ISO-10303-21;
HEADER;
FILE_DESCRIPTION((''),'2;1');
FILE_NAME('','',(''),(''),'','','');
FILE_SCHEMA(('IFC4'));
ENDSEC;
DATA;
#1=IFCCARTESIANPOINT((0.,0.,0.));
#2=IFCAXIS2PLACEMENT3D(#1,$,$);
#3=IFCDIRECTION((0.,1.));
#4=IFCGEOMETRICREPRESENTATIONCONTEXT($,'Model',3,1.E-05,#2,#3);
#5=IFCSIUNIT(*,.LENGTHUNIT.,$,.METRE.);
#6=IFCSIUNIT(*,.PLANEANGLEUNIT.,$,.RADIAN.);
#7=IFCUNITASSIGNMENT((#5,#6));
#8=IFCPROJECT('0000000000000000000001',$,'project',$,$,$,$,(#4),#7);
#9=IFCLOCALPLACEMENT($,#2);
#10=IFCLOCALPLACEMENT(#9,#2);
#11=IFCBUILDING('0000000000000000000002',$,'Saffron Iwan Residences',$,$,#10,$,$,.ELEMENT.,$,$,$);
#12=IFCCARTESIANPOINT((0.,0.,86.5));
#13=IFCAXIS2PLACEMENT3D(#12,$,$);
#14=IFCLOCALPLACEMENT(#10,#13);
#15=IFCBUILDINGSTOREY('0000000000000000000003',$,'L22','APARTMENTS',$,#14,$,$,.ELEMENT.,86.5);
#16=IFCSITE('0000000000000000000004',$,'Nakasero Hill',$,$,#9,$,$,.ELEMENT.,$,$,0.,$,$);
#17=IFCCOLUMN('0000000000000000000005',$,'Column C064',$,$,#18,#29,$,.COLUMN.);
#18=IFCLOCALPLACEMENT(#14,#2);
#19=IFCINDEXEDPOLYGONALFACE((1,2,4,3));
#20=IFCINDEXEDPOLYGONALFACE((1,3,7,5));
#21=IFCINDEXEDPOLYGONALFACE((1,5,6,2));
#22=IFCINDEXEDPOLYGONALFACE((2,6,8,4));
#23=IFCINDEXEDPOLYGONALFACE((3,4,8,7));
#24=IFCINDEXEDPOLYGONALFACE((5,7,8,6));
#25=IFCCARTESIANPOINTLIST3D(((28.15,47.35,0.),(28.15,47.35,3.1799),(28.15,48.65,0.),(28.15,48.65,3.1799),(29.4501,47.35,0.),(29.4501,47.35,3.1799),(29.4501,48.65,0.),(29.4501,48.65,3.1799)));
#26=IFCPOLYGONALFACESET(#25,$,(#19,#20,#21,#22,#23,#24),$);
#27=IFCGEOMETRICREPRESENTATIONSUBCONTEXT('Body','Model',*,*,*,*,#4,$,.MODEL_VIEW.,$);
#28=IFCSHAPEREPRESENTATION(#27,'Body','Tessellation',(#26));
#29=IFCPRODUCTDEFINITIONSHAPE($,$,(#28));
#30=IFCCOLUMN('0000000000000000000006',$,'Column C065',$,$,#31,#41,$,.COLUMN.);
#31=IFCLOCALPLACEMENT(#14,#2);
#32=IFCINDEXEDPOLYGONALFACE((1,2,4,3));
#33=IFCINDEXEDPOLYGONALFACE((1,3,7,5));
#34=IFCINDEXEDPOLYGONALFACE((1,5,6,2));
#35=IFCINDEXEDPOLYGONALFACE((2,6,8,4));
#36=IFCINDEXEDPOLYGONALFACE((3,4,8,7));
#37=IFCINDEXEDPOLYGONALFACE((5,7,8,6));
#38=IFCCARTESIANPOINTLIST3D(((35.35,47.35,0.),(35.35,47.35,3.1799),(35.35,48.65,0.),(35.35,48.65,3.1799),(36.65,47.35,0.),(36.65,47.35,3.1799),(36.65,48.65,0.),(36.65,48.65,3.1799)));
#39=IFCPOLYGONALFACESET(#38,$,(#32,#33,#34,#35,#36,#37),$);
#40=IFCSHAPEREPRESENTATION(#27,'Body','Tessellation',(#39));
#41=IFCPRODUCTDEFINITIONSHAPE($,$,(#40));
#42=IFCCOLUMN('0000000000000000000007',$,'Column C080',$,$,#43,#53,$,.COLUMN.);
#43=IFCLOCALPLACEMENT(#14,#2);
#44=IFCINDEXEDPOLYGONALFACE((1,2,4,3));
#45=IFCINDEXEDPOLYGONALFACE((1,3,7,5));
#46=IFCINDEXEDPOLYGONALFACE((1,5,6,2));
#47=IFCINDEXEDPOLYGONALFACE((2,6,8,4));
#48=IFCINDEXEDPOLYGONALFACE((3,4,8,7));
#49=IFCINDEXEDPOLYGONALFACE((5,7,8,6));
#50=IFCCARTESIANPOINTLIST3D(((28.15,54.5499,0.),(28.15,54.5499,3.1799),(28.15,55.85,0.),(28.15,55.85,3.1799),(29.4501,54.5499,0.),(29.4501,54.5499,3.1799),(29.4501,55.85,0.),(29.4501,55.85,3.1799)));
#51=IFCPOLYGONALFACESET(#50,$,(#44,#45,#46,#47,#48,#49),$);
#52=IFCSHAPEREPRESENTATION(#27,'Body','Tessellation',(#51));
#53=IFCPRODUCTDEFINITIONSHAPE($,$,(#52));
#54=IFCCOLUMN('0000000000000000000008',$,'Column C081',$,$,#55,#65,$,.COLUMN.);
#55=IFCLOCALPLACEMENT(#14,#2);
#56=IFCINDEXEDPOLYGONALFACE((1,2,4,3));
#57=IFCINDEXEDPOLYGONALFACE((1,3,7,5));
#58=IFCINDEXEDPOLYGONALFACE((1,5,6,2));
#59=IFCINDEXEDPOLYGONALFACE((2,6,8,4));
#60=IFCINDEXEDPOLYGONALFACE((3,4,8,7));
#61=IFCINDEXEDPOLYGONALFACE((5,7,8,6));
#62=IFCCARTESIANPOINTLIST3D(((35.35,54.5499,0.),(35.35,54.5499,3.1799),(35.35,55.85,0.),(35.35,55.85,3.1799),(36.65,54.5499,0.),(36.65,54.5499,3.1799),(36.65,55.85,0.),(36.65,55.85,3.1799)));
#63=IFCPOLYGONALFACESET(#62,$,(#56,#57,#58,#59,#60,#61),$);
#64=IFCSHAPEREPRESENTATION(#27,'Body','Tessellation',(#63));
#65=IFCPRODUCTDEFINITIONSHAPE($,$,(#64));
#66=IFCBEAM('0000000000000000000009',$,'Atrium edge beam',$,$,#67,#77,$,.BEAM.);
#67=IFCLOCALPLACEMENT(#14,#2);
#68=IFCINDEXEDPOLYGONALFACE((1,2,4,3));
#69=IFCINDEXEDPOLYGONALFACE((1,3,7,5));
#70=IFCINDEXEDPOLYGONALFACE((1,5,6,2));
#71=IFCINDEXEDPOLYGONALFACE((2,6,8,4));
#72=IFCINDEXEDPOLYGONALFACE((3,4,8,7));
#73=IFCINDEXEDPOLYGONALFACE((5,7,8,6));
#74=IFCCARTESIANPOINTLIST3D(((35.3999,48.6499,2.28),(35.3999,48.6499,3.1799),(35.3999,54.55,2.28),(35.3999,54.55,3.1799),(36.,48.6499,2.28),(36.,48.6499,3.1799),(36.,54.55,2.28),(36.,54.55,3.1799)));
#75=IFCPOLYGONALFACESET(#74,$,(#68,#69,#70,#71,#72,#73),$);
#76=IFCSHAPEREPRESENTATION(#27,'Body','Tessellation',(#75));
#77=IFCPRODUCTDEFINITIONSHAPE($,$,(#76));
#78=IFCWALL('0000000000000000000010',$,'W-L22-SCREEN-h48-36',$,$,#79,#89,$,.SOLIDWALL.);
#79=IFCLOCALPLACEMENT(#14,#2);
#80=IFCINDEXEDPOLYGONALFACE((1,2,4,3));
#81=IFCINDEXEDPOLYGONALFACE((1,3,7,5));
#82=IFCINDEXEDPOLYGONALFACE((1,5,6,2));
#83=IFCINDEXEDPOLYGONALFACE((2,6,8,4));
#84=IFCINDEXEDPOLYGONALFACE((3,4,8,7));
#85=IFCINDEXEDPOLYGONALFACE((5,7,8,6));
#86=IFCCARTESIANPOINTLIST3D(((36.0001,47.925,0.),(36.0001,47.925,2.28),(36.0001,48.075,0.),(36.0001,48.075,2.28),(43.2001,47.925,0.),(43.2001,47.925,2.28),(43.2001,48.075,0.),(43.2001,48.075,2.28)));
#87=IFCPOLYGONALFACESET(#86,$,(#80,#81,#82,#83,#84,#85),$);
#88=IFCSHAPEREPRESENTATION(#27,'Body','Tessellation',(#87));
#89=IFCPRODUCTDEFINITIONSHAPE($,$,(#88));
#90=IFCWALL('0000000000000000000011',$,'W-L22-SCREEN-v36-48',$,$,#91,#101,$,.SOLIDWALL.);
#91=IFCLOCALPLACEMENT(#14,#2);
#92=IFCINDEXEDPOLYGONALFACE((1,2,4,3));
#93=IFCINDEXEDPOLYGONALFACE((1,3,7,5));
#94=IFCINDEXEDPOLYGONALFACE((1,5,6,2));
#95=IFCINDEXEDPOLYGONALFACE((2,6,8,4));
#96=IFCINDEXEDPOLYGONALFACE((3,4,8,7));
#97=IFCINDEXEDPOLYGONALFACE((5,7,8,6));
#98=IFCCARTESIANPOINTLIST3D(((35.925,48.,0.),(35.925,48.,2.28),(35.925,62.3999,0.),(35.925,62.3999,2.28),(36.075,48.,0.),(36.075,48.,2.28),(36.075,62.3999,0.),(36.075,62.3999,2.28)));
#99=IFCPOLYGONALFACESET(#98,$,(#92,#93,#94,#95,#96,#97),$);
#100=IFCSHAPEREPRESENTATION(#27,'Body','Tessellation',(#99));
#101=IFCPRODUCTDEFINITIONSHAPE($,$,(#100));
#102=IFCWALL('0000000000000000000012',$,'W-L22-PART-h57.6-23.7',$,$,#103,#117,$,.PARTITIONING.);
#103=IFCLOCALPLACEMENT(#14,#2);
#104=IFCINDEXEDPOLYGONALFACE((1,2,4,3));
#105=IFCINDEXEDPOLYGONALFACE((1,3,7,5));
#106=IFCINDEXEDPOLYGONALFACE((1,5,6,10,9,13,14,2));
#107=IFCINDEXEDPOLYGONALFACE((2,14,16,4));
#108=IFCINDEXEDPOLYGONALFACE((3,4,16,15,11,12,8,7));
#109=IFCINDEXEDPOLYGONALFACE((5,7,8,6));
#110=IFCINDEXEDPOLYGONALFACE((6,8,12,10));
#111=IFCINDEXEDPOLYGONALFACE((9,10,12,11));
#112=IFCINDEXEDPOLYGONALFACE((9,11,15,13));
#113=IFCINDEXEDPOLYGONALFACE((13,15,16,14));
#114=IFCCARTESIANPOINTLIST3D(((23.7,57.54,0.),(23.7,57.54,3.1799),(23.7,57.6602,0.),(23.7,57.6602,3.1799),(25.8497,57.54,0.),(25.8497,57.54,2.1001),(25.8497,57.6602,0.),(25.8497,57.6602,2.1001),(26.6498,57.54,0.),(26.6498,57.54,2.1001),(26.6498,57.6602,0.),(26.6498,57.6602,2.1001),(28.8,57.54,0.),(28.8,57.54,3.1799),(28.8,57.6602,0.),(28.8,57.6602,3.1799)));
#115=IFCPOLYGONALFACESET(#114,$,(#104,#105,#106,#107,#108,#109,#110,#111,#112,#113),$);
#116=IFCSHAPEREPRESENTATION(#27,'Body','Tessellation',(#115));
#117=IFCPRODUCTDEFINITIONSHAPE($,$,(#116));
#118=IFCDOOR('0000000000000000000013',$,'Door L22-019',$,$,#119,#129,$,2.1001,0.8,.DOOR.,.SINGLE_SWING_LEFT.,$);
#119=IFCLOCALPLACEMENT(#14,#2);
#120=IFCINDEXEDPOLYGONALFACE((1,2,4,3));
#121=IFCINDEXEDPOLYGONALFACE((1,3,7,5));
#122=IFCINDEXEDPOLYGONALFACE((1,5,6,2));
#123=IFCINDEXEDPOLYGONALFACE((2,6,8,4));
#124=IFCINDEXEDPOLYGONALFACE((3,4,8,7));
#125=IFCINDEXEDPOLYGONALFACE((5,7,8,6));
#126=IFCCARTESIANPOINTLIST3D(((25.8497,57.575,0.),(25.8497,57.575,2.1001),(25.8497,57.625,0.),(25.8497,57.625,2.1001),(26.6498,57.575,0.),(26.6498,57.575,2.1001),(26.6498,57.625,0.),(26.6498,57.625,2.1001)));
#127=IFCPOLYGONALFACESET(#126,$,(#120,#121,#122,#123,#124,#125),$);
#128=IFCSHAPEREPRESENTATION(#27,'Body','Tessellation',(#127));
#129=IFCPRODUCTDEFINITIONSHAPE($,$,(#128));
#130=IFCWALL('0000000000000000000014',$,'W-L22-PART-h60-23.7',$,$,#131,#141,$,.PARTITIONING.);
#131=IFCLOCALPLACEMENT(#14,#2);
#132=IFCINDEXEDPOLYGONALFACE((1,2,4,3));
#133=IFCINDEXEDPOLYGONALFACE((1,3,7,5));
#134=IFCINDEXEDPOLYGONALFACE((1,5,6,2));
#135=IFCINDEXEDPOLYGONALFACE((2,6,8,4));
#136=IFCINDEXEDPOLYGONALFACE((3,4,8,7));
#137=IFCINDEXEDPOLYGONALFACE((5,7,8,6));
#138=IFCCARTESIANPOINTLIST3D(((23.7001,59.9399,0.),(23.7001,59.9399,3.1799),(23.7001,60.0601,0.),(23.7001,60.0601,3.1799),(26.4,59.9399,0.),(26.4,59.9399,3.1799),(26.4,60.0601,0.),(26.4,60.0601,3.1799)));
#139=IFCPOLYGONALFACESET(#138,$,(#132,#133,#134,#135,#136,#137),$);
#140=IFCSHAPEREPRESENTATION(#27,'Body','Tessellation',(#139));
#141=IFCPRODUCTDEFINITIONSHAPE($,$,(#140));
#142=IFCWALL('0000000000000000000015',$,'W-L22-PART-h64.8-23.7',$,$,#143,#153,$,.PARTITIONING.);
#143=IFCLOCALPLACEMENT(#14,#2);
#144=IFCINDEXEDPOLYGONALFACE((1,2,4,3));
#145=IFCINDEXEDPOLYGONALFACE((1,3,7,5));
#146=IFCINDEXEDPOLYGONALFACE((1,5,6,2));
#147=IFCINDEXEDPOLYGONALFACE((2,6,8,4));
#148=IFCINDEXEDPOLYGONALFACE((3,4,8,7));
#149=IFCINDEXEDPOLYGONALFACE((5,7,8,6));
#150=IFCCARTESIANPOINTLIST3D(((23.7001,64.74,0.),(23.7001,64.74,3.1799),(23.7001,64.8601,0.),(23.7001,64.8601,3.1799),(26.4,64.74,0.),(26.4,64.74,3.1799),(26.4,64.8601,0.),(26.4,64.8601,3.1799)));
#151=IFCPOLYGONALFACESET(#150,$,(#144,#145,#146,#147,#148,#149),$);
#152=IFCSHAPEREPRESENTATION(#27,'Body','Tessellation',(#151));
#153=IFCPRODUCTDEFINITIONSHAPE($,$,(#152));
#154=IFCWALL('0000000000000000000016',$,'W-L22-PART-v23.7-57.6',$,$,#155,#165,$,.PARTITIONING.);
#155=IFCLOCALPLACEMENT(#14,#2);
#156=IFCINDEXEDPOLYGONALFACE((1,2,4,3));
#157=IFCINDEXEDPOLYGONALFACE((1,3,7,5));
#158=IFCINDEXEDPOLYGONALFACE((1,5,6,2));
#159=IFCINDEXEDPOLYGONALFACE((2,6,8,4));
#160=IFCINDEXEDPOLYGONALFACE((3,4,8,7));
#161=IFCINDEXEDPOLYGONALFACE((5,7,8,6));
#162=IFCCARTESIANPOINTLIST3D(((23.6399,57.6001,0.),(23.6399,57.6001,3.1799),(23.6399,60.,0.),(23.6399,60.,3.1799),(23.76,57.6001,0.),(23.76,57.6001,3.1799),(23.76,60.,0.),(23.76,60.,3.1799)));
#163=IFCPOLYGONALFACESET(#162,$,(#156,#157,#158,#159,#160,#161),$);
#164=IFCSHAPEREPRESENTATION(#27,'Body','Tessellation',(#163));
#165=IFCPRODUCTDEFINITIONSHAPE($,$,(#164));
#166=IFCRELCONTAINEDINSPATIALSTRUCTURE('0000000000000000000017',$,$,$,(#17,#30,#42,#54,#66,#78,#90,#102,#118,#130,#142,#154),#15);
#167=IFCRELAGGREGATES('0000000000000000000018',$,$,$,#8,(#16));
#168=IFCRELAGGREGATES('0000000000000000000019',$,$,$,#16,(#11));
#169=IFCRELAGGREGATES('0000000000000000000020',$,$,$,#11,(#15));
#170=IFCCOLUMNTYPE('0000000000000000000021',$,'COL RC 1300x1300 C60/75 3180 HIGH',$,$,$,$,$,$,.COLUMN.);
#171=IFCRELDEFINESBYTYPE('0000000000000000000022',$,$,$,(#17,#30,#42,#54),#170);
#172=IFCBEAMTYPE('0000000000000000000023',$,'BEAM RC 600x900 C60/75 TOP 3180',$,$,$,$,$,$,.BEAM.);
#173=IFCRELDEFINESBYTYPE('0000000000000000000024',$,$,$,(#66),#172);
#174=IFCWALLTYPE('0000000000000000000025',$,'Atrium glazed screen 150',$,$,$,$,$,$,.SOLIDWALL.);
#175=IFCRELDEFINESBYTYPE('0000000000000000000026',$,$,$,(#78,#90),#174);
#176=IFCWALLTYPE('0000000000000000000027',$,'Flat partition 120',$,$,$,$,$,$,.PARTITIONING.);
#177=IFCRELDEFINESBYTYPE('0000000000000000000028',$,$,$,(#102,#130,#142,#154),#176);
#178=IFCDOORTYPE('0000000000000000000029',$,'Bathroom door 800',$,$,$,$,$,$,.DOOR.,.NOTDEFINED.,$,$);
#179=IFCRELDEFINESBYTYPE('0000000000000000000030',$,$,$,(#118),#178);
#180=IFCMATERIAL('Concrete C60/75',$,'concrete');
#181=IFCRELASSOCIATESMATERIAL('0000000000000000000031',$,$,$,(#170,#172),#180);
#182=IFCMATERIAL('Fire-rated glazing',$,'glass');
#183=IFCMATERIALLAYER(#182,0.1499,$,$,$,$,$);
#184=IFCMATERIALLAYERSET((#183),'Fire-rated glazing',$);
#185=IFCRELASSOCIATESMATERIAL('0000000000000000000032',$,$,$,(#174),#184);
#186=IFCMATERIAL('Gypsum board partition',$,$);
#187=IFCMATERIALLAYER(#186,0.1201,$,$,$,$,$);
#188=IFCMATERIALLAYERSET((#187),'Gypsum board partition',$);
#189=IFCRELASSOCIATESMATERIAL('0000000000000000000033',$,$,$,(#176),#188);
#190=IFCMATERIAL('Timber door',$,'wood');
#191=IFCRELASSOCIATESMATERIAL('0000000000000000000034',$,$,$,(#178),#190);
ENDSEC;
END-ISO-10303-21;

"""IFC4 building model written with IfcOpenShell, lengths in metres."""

from ifc_helpers import new_model, si_unit, direction, frame, frame_2d, origin, origin_2d, place, context, subcontext, project, spatial, rectangle, extrude, source, transform, mapped, material, layer, layer_set, material_profile, profile_set, type_object, element, fill, save


model = new_model("IFC4")

# Units and contexts
model_context = context("Model", 3, precision=1e-05, world=origin(), true_north=direction((0.0, 1.0)))
body_context = subcontext(model_context, "Body", "Model", "MODEL_VIEW")
ifc_project = project(units=[si_unit("LENGTHUNIT", "METRE"), si_unit("PLANEANGLEUNIT", "RADIAN")], contexts=[model_context])

# Site, building, storey
site_placement = place(None, origin())
site = spatial("IfcSite", under=ifc_project, at=site_placement, Name="Nakasero Hill", CompositionType="ELEMENT", RefElevation=0.0)
building_placement = place(site_placement, origin())
building = spatial("IfcBuilding", under=site, at=building_placement, Name="Saffron Iwan Residences", CompositionType="ELEMENT")
storey_placement = place(building_placement, frame((0.0, 0.0, 86.5)))
storey = spatial("IfcBuildingStorey", under=building, at=storey_placement, Name="L22", Description="APARTMENTS", CompositionType="ELEMENT", Elevation=86.5)

# Columns
ifc_material_1 = material(Name="Concrete C60/75", Category="concrete")
ifc_material_profile_1 = material_profile(ifc_material_1, rectangle(XDim=1.3, YDim=1.3, at=origin_2d()), Name="RC 1300x1300")
ifc_profile_set_1 = profile_set([ifc_material_profile_1], Name="Concrete C60/75")
column_type = type_object("IfcColumnType", Name="COL RC 1300x1300 C60/75 3180 HIGH", PredefinedType="COLUMN", material=ifc_profile_set_1)
shared_shape_1 = source(origin(), body_context, "Body", "SweptSolid", [
    extrude(rectangle(XDim=1.3, YDim=1.3, at=origin_2d()), origin(), (0.0, 0.0, 1.0), 3.1799),
])
for number, where, z_axis, x_axis, name in (
    (1, (28.8, 48.0, 0.0), (0.0, 0.0, 1.0), (1.0, 0.0, 0.0), "Column C064"),
    (2, (36.0, 48.0, 0.0), (0.0, 0.0, 1.0), (1.0, 0.0, 0.0), "Column C065"),
    (3, (28.8, 55.2, 0.0), (0.0, 0.0, 1.0), (1.0, 0.0, 0.0), "Column C080"),
    (4, (36.0, 55.2, 0.0), (0.0, 0.0, 1.0), (1.0, 0.0, 0.0), "Column C081"),
):
    element("IfcColumn", number, at=place(storey_placement, frame(where, z_axis=z_axis, x_axis=x_axis)), inside=storey, type_object=column_type, Name=name, PredefinedType="COLUMN", context=body_context, shape_type="MappedRepresentation", body=[
        mapped(shared_shape_1, transform((0.0, 0.0, 0.0))),
    ])

# Beam
ifc_material_profile_2 = material_profile(ifc_material_1, rectangle(XDim=0.6001, YDim=0.8999, at=origin_2d()), Name="RC 600x900")
ifc_profile_set_2 = profile_set([ifc_material_profile_2], Name="Concrete C60/75")
beam_type = type_object("IfcBeamType", Name="BEAM RC 600x900 C60/75 TOP 3180", PredefinedType="BEAM", material=ifc_profile_set_2)
shared_shape_2 = source(origin(), body_context, "Body", "SweptSolid", [
    extrude(rectangle(XDim=0.6001, YDim=0.8999, at=origin_2d()), origin(), (0.0, 0.0, 1.0), 5.9001),
])
beam_placement = place(storey_placement, frame((35.7, 48.6499, 2.73), z_axis=(0.0, 1.0, 0.0), x_axis=(-1.0, 0.0, 0.0)))
element("IfcBeam", 5, at=beam_placement, inside=storey, type_object=beam_type, Name="Atrium edge beam", PredefinedType="BEAM", context=body_context, shape_type="MappedRepresentation", body=[
    mapped(shared_shape_2, transform((0.0, 0.0, 0.0))),
])

# Walls
ifc_material_2 = material(Name="Fire-rated glazing", Category="glass")
ifc_layer_1 = layer(ifc_material_2, 0.1499)
ifc_layer_set_1 = layer_set([ifc_layer_1], Name="Fire-rated glazing")
wall_type_1 = type_object("IfcWallType", Name="Atrium glazed screen 150", PredefinedType="SOLIDWALL", material=ifc_layer_set_1)
wall_1_placement = place(storey_placement, frame((36.0, 48.0, 0.0), z_axis=(0.0, 0.0, 1.0), x_axis=(1.0, 0.0, 0.0)))
element("IfcWall", 6, at=wall_1_placement, inside=storey, type_object=wall_type_1, Name="W-L22-SCREEN-h48-36", PredefinedType="SOLIDWALL", context=body_context, shape_type="SweptSolid", body=[
    extrude(rectangle(XDim=7.2, YDim=0.1499, at=frame_2d((3.6001, 0.0))), origin(), (0.0, 0.0, 1.0), 2.28),
])
wall_2_placement = place(storey_placement, frame((36.0, 48.0, 0.0), z_axis=(0.0, 0.0, 1.0), x_axis=(0.0, 1.0, 0.0)))
element("IfcWall", 7, at=wall_2_placement, inside=storey, type_object=wall_type_1, Name="W-L22-SCREEN-v36-48", PredefinedType="SOLIDWALL", context=body_context, shape_type="SweptSolid", body=[
    extrude(rectangle(XDim=14.3999, YDim=0.1499, at=frame_2d((7.2, 0.0))), origin(), (0.0, 0.0, 1.0), 2.28),
])

# Wall, opening, door
ifc_material_3 = material(Name="Gypsum board partition")
ifc_layer_2 = layer(ifc_material_3, 0.1201)
ifc_layer_set_2 = layer_set([ifc_layer_2], Name="Gypsum board partition")
wall_type_2 = type_object("IfcWallType", Name="Flat partition 120", PredefinedType="PARTITIONING", material=ifc_layer_set_2)
wall_3_placement = place(storey_placement, frame((23.7, 57.6001, 0.0), z_axis=(0.0, 0.0, 1.0), x_axis=(1.0, 0.0, 0.0)))
wall_3 = element("IfcWall", 8, at=wall_3_placement, inside=storey, type_object=wall_type_2, Name="W-L22-PART-h57.6-23.7", PredefinedType="PARTITIONING", context=body_context, shape_type="SweptSolid", body=[
    extrude(rectangle(XDim=5.1001, YDim=0.1201, at=frame_2d((2.55, 0.0))), origin(), (0.0, 0.0, 1.0), 3.1799),
])
opening_1_placement = place(wall_3_placement, frame((2.1499, 0.0, 0.0)))
opening_1 = element("IfcOpeningElement", 9, at=opening_1_placement, cuts=wall_3, PredefinedType="OPENING", context=body_context, shape_type="SweptSolid", body=[
    extrude(rectangle(XDim=0.8, YDim=2.1001, at=frame_2d((0.3999, 1.05))), frame((0.0, 0.0701, 0.0), z_axis=(0.0, -1.0, 0.0), x_axis=(1.0, 0.0, 0.0)), (0.0, 0.0, 1.0), 0.1401),
])
ifc_material_4 = material(Name="Timber door", Category="wood")
door_type_1 = type_object("IfcDoorType", Name="Bathroom door 800", OperationType="NOTDEFINED", PredefinedType="DOOR", material=ifc_material_4)
door_1_placement = place(opening_1_placement, origin())
door_1 = element("IfcDoor", 10, at=door_1_placement, inside=storey, type_object=door_type_1, Name="Door L22-019", OperationType="SINGLE_SWING_LEFT", OverallHeight=2.1001, OverallWidth=0.8, PredefinedType="DOOR", context=body_context, shape_type="SweptSolid", body=[
    extrude(rectangle(XDim=0.8, YDim=2.1001, at=frame_2d((0.3999, 1.05))), frame((0.0, 0.0249, 0.0), z_axis=(0.0, -1.0, 0.0), x_axis=(1.0, 0.0, 0.0)), (0.0, 0.0, 1.0), 0.05),
])
fill(opening_1, door_1)

# Walls
for number, where, z_axis, x_axis, name in (
    (11, (23.7, 60.0, 0.0), (0.0, 0.0, 1.0), (1.0, 0.0, 0.0), "W-L22-PART-h60-23.7"),
    (12, (23.7, 64.8, 0.0), (0.0, 0.0, 1.0), (1.0, 0.0, 0.0), "W-L22-PART-h64.8-23.7"),
):
    element("IfcWall", number, at=place(storey_placement, frame(where, z_axis=z_axis, x_axis=x_axis)), inside=storey, type_object=wall_type_2, Name=name, PredefinedType="PARTITIONING", context=body_context, shape_type="SweptSolid", body=[
        extrude(rectangle(XDim=2.7, YDim=0.1201, at=frame_2d((1.3501, 0.0))), origin(), (0.0, 0.0, 1.0), 3.1799),
    ])
wall_4_placement = place(storey_placement, frame((23.7, 57.6001, 0.0), z_axis=(0.0, 0.0, 1.0), x_axis=(0.0, 1.0, 0.0)))
element("IfcWall", 13, at=wall_4_placement, inside=storey, type_object=wall_type_2, Name="W-L22-PART-v23.7-57.6", PredefinedType="PARTITIONING", context=body_context, shape_type="SweptSolid", body=[
    extrude(rectangle(XDim=2.3999, YDim=0.1201, at=frame_2d((1.2, 0.0))), origin(), (0.0, 0.0, 1.0), 3.1799),
])

save(model, "model.ifc")
